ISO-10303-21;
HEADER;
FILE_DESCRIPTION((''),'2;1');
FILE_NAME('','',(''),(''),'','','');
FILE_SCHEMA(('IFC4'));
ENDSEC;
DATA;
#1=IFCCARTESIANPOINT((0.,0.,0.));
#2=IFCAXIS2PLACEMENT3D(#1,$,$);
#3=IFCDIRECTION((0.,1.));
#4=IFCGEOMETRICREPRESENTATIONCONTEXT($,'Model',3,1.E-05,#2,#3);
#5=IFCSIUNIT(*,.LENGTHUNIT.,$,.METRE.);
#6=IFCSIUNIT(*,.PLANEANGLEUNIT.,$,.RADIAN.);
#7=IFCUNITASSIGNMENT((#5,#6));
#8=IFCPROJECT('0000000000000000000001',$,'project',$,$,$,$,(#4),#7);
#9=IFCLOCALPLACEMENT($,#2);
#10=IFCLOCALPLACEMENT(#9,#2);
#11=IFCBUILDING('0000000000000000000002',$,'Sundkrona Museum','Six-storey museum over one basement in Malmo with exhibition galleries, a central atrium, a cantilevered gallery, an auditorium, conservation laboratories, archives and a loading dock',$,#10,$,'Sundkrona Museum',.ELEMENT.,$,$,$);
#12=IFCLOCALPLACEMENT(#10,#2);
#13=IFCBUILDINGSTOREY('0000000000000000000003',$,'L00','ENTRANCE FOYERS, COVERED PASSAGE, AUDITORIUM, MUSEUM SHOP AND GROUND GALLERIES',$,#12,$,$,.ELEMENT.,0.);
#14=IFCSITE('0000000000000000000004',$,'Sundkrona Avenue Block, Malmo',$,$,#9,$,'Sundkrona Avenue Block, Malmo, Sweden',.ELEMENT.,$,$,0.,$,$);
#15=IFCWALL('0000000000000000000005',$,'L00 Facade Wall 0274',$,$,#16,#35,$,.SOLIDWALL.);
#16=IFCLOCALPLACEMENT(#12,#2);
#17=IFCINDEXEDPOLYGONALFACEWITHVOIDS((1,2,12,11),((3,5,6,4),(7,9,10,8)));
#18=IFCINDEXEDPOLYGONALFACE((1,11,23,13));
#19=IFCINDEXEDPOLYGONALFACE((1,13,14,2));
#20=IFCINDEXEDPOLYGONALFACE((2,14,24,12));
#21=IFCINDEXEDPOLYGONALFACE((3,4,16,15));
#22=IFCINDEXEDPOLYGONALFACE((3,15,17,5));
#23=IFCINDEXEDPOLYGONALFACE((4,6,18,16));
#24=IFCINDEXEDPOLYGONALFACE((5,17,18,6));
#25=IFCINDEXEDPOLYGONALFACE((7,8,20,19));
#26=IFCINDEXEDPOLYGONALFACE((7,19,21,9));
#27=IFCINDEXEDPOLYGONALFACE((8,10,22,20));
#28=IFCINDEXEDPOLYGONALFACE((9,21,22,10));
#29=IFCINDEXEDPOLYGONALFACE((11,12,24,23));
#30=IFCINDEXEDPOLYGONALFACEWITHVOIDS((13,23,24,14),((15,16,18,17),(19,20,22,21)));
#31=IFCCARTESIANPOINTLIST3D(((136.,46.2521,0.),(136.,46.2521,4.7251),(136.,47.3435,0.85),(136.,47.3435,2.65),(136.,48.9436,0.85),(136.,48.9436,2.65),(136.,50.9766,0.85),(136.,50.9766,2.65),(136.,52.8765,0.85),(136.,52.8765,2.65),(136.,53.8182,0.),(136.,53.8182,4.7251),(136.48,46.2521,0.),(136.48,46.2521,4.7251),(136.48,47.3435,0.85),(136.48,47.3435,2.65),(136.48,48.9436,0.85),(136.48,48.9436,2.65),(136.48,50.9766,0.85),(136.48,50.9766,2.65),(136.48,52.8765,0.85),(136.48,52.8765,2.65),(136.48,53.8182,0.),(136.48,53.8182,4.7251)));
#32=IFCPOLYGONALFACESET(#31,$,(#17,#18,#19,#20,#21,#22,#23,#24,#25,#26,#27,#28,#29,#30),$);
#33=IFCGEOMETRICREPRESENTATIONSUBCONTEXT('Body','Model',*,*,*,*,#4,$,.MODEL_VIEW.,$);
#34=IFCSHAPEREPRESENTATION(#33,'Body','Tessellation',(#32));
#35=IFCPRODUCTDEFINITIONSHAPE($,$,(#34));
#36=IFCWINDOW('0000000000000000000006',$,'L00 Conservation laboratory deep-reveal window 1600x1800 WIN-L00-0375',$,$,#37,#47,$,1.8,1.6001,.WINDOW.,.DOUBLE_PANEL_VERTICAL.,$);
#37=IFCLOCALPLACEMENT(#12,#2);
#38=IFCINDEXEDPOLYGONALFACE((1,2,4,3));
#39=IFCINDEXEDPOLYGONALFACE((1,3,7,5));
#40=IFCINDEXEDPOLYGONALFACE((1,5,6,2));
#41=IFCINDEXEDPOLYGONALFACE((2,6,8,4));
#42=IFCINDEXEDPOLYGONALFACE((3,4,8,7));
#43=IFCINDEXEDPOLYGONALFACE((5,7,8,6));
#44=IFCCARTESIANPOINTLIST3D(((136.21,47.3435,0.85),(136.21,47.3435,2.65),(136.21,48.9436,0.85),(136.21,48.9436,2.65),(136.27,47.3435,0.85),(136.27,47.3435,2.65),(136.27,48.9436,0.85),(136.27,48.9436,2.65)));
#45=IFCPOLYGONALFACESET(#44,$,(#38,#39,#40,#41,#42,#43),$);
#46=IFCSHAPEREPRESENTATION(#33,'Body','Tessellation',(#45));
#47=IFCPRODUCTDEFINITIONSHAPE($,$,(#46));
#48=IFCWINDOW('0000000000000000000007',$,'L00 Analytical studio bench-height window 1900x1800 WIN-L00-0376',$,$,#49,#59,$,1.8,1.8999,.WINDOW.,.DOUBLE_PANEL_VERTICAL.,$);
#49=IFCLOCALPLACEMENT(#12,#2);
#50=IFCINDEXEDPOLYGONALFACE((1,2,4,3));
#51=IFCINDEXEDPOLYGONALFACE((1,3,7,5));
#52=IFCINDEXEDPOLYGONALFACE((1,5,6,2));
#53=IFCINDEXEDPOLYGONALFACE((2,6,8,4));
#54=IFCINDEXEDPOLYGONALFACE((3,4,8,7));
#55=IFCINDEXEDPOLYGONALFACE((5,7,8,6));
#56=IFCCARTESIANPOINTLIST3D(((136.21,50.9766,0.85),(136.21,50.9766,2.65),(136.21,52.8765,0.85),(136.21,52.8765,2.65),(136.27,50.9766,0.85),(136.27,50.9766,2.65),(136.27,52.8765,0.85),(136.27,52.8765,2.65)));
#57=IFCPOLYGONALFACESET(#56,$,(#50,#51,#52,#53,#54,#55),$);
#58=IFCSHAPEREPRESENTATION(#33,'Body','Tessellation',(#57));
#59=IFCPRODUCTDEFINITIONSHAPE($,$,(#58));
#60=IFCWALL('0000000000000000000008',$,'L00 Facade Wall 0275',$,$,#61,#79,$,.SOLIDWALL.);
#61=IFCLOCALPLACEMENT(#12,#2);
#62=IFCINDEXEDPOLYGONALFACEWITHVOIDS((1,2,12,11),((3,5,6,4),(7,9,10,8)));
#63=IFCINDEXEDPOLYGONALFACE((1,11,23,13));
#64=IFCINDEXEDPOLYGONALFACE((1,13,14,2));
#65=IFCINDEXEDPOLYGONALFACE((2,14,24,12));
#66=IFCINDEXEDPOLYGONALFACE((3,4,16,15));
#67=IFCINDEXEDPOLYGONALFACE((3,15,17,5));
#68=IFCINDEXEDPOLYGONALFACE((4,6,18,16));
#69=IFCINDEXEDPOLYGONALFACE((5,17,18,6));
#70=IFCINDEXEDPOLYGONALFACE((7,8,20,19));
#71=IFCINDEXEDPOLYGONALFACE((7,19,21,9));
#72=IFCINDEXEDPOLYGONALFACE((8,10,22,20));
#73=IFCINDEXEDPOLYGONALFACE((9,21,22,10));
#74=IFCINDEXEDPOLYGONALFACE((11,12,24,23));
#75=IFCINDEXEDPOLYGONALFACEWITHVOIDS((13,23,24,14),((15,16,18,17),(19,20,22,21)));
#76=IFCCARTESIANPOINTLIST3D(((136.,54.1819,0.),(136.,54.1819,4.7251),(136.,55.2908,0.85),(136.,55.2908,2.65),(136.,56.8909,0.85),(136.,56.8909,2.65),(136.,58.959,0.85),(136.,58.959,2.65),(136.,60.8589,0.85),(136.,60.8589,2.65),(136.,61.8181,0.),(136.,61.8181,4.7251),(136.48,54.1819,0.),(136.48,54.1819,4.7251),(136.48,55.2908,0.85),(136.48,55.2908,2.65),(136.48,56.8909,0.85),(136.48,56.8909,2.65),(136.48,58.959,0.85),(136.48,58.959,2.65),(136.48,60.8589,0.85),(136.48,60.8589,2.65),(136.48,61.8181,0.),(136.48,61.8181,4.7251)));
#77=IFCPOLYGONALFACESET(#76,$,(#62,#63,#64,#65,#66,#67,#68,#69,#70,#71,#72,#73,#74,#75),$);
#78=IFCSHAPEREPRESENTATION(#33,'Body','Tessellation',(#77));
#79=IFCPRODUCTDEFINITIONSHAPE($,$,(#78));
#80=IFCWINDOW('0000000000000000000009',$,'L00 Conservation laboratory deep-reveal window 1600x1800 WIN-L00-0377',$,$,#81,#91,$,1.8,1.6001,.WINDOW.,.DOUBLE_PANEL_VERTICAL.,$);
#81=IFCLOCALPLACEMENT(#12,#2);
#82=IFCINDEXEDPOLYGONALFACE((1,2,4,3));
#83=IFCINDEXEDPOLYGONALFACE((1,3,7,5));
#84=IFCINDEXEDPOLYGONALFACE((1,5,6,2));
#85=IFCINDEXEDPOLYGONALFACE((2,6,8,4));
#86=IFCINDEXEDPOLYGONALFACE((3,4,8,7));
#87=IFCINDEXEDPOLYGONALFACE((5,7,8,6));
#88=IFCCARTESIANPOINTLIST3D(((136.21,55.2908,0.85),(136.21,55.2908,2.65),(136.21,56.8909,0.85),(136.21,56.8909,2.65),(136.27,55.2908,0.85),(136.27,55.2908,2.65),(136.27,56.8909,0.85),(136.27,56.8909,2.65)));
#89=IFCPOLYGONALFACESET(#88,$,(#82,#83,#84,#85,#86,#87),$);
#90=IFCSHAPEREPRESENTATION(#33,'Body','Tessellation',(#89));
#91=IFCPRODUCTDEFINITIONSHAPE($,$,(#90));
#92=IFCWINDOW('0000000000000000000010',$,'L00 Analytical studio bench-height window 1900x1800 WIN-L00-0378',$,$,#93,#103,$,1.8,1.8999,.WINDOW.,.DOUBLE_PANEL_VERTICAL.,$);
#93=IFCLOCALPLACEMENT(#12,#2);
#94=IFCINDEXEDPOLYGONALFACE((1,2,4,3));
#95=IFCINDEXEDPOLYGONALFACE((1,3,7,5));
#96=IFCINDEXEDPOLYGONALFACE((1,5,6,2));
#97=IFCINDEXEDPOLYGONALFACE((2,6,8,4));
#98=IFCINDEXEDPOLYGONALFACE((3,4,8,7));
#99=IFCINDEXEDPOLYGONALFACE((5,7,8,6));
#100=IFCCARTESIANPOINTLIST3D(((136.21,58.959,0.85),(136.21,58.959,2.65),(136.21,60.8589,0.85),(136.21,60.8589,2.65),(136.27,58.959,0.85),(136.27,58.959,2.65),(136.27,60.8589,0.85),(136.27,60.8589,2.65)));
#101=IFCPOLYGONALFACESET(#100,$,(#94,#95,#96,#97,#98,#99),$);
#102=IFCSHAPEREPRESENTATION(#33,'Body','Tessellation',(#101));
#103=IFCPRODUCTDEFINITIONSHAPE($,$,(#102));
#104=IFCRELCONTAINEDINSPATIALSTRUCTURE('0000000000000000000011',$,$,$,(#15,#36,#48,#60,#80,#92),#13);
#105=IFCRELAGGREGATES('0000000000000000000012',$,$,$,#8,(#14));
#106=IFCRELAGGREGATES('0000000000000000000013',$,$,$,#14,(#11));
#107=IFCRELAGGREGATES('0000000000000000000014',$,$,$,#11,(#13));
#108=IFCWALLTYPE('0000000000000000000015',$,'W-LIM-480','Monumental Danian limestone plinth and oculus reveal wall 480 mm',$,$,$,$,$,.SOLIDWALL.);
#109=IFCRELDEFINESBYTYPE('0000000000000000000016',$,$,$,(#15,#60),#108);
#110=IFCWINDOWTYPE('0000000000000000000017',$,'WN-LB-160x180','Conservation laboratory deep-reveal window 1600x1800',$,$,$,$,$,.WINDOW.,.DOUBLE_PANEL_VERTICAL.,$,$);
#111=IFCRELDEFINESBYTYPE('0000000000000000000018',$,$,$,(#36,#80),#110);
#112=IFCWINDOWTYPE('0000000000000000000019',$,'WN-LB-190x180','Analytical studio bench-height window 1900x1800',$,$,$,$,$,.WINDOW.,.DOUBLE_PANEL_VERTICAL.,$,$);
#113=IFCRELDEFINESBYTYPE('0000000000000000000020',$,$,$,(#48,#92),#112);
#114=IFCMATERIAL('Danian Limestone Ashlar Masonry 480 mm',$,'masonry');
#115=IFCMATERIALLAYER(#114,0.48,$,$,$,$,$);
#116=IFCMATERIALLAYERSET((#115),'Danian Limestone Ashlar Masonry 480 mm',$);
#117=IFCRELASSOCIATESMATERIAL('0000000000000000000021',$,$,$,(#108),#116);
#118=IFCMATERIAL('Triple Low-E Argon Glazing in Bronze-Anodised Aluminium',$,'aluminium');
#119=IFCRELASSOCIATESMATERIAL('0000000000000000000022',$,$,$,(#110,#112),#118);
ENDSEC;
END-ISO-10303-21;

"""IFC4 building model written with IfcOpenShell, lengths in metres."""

from ifc_helpers import new_model, si_unit, direction, frame, frame_2d, origin, place, context, subcontext, project, spatial, rectangle, extrude, material, layer, layer_set, type_object, element, fill, save


model = new_model("IFC4")

# Units and contexts
model_context = context("Model", 3, precision=1e-05, world=origin(), true_north=direction((0.0, 1.0)))
body_context = subcontext(model_context, "Body", "Model", "MODEL_VIEW")
ifc_project = project(units=[si_unit("LENGTHUNIT", "METRE"), si_unit("PLANEANGLEUNIT", "RADIAN")], contexts=[model_context])

# Site, building, storey
site_placement = place(None, origin())
site = spatial("IfcSite", under=ifc_project, at=site_placement, Name="Sundkrona Avenue Block, Malmo", LongName="Sundkrona Avenue Block, Malmo, Sweden", CompositionType="ELEMENT", RefElevation=0.0)
building_placement = place(site_placement, origin())
building = spatial("IfcBuilding", under=site, at=building_placement, Name="Sundkrona Museum", Description="Six-storey museum over one basement in Malmo with exhibition galleries, a central atrium, a cantilevered gallery, an auditorium, conservation laboratories, archives and a loading dock", LongName="Sundkrona Museum", CompositionType="ELEMENT")
storey_placement = place(building_placement, origin())
storey = spatial("IfcBuildingStorey", under=building, at=storey_placement, Name="L00", Description="ENTRANCE FOYERS, COVERED PASSAGE, AUDITORIUM, MUSEUM SHOP AND GROUND GALLERIES", CompositionType="ELEMENT", Elevation=0.0)

# Walls, openings, windows
ifc_material_1 = material(Name="Danian Limestone Ashlar Masonry 480 mm", Category="masonry")
ifc_layer_1 = layer(ifc_material_1, 0.48)
ifc_layer_set_1 = layer_set([ifc_layer_1], Name="Danian Limestone Ashlar Masonry 480 mm")
wall_type_1 = type_object("IfcWallType", Name="W-LIM-480", Description="Monumental Danian limestone plinth and oculus reveal wall 480 mm", PredefinedType="SOLIDWALL", material=ifc_layer_set_1)
wall_1_placement = place(storey_placement, frame((136.24, 46.252, 0.0), z_axis=(0.0, 0.0, 1.0), x_axis=(0.0, 1.0, 0.0)))
wall_1 = element("IfcWall", 1, at=wall_1_placement, inside=storey, type_object=wall_type_1, Name="L00 Facade Wall 0274", PredefinedType="SOLIDWALL", context=body_context, shape_type="SweptSolid", body=[
    extrude(rectangle(XDim=7.5662, YDim=0.48, at=frame_2d((3.7832, 0.0))), origin(), (0.0, 0.0, 1.0), 4.7251),
])
opening_1_placement = place(wall_1_placement, frame((1.0916, 0.0, 0.8501)))
opening_1 = element("IfcOpeningElement", 2, at=opening_1_placement, cuts=wall_1, PredefinedType="OPENING", context=body_context, shape_type="SweptSolid", body=[
    extrude(rectangle(XDim=1.6001, YDim=1.8, at=frame_2d((0.8, 0.8999))), frame((0.0, 0.25, 0.0), z_axis=(0.0, -1.0, 0.0), x_axis=(1.0, 0.0, 0.0)), (0.0, 0.0, 1.0), 0.5),
])
opening_2_placement = place(wall_1_placement, frame((4.7246, 0.0, 0.8501)))
opening_2 = element("IfcOpeningElement", 3, at=opening_2_placement, cuts=wall_1, PredefinedType="OPENING", context=body_context, shape_type="SweptSolid", body=[
    extrude(rectangle(XDim=1.8999, YDim=1.8, at=frame_2d((0.95, 0.8999))), frame((0.0, 0.25, 0.0), z_axis=(0.0, -1.0, 0.0), x_axis=(1.0, 0.0, 0.0)), (0.0, 0.0, 1.0), 0.5),
])
ifc_material_2 = material(Name="Triple Low-E Argon Glazing in Bronze-Anodised Aluminium", Category="aluminium")
window_type_1 = type_object("IfcWindowType", Name="WN-LB-160x180", Description="Conservation laboratory deep-reveal window 1600x1800", PartitioningType="DOUBLE_PANEL_VERTICAL", PredefinedType="WINDOW", material=ifc_material_2)
window_1_placement = place(opening_1_placement, origin())
window_1 = element("IfcWindow", 4, at=window_1_placement, inside=storey, type_object=window_type_1, Name="L00 Conservation laboratory deep-reveal window 1600x1800 WIN-L00-0375", OverallHeight=1.8, OverallWidth=1.6001, PartitioningType="DOUBLE_PANEL_VERTICAL", PredefinedType="WINDOW", context=body_context, shape_type="SweptSolid", body=[
    extrude(rectangle(XDim=1.6001, YDim=1.8, at=frame_2d((0.8, 0.8999))), frame((0.0, 0.03, 0.0), z_axis=(0.0, -1.0, 0.0), x_axis=(1.0, 0.0, 0.0)), (0.0, 0.0, 1.0), 0.0601),
])
fill(opening_1, window_1)
window_type_2 = type_object("IfcWindowType", Name="WN-LB-190x180", Description="Analytical studio bench-height window 1900x1800", PartitioningType="DOUBLE_PANEL_VERTICAL", PredefinedType="WINDOW", material=ifc_material_2)
window_2_placement = place(opening_2_placement, origin())
window_2 = element("IfcWindow", 5, at=window_2_placement, inside=storey, type_object=window_type_2, Name="L00 Analytical studio bench-height window 1900x1800 WIN-L00-0376", OverallHeight=1.8, OverallWidth=1.8999, PartitioningType="DOUBLE_PANEL_VERTICAL", PredefinedType="WINDOW", context=body_context, shape_type="SweptSolid", body=[
    extrude(rectangle(XDim=1.8999, YDim=1.8, at=frame_2d((0.95, 0.8999))), frame((0.0, 0.03, 0.0), z_axis=(0.0, -1.0, 0.0), x_axis=(1.0, 0.0, 0.0)), (0.0, 0.0, 1.0), 0.0601),
])
fill(opening_2, window_2)
wall_2_placement = place(storey_placement, frame((136.24, 54.1819, 0.0), z_axis=(0.0, 0.0, 1.0), x_axis=(0.0, 1.0, 0.0)))
wall_2 = element("IfcWall", 6, at=wall_2_placement, inside=storey, type_object=wall_type_1, Name="L00 Facade Wall 0275", PredefinedType="SOLIDWALL", context=body_context, shape_type="SweptSolid", body=[
    extrude(rectangle(XDim=7.6362, YDim=0.48, at=frame_2d((3.8181, 0.0))), origin(), (0.0, 0.0, 1.0), 4.7251),
])
opening_3_placement = place(wall_2_placement, frame((1.1089, 0.0, 0.8501)))
opening_3 = element("IfcOpeningElement", 7, at=opening_3_placement, cuts=wall_2, PredefinedType="OPENING", context=body_context, shape_type="SweptSolid", body=[
    extrude(rectangle(XDim=1.6001, YDim=1.8, at=frame_2d((0.8, 0.8999))), frame((0.0, 0.25, 0.0), z_axis=(0.0, -1.0, 0.0), x_axis=(1.0, 0.0, 0.0)), (0.0, 0.0, 1.0), 0.5),
])
opening_4_placement = place(wall_2_placement, frame((4.7771, 0.0, 0.8501)))
opening_4 = element("IfcOpeningElement", 8, at=opening_4_placement, cuts=wall_2, PredefinedType="OPENING", context=body_context, shape_type="SweptSolid", body=[
    extrude(rectangle(XDim=1.8999, YDim=1.8, at=frame_2d((0.95, 0.8999))), frame((0.0, 0.25, 0.0), z_axis=(0.0, -1.0, 0.0), x_axis=(1.0, 0.0, 0.0)), (0.0, 0.0, 1.0), 0.5),
])
window_3_placement = place(opening_3_placement, origin())
window_3 = element("IfcWindow", 9, at=window_3_placement, inside=storey, type_object=window_type_1, Name="L00 Conservation laboratory deep-reveal window 1600x1800 WIN-L00-0377", OverallHeight=1.8, OverallWidth=1.6001, PartitioningType="DOUBLE_PANEL_VERTICAL", PredefinedType="WINDOW", context=body_context, shape_type="SweptSolid", body=[
    extrude(rectangle(XDim=1.6001, YDim=1.8, at=frame_2d((0.8, 0.8999))), frame((0.0, 0.03, 0.0), z_axis=(0.0, -1.0, 0.0), x_axis=(1.0, 0.0, 0.0)), (0.0, 0.0, 1.0), 0.0601),
])
fill(opening_3, window_3)
window_4_placement = place(opening_4_placement, origin())
window_4 = element("IfcWindow", 10, at=window_4_placement, inside=storey, type_object=window_type_2, Name="L00 Analytical studio bench-height window 1900x1800 WIN-L00-0378", OverallHeight=1.8, OverallWidth=1.8999, PartitioningType="DOUBLE_PANEL_VERTICAL", PredefinedType="WINDOW", context=body_context, shape_type="SweptSolid", body=[
    extrude(rectangle(XDim=1.8999, YDim=1.8, at=frame_2d((0.95, 0.8999))), frame((0.0, 0.03, 0.0), z_axis=(0.0, -1.0, 0.0), x_axis=(1.0, 0.0, 0.0)), (0.0, 0.0, 1.0), 0.0601),
])
fill(opening_4, window_4)

save(model, "model.ifc")
